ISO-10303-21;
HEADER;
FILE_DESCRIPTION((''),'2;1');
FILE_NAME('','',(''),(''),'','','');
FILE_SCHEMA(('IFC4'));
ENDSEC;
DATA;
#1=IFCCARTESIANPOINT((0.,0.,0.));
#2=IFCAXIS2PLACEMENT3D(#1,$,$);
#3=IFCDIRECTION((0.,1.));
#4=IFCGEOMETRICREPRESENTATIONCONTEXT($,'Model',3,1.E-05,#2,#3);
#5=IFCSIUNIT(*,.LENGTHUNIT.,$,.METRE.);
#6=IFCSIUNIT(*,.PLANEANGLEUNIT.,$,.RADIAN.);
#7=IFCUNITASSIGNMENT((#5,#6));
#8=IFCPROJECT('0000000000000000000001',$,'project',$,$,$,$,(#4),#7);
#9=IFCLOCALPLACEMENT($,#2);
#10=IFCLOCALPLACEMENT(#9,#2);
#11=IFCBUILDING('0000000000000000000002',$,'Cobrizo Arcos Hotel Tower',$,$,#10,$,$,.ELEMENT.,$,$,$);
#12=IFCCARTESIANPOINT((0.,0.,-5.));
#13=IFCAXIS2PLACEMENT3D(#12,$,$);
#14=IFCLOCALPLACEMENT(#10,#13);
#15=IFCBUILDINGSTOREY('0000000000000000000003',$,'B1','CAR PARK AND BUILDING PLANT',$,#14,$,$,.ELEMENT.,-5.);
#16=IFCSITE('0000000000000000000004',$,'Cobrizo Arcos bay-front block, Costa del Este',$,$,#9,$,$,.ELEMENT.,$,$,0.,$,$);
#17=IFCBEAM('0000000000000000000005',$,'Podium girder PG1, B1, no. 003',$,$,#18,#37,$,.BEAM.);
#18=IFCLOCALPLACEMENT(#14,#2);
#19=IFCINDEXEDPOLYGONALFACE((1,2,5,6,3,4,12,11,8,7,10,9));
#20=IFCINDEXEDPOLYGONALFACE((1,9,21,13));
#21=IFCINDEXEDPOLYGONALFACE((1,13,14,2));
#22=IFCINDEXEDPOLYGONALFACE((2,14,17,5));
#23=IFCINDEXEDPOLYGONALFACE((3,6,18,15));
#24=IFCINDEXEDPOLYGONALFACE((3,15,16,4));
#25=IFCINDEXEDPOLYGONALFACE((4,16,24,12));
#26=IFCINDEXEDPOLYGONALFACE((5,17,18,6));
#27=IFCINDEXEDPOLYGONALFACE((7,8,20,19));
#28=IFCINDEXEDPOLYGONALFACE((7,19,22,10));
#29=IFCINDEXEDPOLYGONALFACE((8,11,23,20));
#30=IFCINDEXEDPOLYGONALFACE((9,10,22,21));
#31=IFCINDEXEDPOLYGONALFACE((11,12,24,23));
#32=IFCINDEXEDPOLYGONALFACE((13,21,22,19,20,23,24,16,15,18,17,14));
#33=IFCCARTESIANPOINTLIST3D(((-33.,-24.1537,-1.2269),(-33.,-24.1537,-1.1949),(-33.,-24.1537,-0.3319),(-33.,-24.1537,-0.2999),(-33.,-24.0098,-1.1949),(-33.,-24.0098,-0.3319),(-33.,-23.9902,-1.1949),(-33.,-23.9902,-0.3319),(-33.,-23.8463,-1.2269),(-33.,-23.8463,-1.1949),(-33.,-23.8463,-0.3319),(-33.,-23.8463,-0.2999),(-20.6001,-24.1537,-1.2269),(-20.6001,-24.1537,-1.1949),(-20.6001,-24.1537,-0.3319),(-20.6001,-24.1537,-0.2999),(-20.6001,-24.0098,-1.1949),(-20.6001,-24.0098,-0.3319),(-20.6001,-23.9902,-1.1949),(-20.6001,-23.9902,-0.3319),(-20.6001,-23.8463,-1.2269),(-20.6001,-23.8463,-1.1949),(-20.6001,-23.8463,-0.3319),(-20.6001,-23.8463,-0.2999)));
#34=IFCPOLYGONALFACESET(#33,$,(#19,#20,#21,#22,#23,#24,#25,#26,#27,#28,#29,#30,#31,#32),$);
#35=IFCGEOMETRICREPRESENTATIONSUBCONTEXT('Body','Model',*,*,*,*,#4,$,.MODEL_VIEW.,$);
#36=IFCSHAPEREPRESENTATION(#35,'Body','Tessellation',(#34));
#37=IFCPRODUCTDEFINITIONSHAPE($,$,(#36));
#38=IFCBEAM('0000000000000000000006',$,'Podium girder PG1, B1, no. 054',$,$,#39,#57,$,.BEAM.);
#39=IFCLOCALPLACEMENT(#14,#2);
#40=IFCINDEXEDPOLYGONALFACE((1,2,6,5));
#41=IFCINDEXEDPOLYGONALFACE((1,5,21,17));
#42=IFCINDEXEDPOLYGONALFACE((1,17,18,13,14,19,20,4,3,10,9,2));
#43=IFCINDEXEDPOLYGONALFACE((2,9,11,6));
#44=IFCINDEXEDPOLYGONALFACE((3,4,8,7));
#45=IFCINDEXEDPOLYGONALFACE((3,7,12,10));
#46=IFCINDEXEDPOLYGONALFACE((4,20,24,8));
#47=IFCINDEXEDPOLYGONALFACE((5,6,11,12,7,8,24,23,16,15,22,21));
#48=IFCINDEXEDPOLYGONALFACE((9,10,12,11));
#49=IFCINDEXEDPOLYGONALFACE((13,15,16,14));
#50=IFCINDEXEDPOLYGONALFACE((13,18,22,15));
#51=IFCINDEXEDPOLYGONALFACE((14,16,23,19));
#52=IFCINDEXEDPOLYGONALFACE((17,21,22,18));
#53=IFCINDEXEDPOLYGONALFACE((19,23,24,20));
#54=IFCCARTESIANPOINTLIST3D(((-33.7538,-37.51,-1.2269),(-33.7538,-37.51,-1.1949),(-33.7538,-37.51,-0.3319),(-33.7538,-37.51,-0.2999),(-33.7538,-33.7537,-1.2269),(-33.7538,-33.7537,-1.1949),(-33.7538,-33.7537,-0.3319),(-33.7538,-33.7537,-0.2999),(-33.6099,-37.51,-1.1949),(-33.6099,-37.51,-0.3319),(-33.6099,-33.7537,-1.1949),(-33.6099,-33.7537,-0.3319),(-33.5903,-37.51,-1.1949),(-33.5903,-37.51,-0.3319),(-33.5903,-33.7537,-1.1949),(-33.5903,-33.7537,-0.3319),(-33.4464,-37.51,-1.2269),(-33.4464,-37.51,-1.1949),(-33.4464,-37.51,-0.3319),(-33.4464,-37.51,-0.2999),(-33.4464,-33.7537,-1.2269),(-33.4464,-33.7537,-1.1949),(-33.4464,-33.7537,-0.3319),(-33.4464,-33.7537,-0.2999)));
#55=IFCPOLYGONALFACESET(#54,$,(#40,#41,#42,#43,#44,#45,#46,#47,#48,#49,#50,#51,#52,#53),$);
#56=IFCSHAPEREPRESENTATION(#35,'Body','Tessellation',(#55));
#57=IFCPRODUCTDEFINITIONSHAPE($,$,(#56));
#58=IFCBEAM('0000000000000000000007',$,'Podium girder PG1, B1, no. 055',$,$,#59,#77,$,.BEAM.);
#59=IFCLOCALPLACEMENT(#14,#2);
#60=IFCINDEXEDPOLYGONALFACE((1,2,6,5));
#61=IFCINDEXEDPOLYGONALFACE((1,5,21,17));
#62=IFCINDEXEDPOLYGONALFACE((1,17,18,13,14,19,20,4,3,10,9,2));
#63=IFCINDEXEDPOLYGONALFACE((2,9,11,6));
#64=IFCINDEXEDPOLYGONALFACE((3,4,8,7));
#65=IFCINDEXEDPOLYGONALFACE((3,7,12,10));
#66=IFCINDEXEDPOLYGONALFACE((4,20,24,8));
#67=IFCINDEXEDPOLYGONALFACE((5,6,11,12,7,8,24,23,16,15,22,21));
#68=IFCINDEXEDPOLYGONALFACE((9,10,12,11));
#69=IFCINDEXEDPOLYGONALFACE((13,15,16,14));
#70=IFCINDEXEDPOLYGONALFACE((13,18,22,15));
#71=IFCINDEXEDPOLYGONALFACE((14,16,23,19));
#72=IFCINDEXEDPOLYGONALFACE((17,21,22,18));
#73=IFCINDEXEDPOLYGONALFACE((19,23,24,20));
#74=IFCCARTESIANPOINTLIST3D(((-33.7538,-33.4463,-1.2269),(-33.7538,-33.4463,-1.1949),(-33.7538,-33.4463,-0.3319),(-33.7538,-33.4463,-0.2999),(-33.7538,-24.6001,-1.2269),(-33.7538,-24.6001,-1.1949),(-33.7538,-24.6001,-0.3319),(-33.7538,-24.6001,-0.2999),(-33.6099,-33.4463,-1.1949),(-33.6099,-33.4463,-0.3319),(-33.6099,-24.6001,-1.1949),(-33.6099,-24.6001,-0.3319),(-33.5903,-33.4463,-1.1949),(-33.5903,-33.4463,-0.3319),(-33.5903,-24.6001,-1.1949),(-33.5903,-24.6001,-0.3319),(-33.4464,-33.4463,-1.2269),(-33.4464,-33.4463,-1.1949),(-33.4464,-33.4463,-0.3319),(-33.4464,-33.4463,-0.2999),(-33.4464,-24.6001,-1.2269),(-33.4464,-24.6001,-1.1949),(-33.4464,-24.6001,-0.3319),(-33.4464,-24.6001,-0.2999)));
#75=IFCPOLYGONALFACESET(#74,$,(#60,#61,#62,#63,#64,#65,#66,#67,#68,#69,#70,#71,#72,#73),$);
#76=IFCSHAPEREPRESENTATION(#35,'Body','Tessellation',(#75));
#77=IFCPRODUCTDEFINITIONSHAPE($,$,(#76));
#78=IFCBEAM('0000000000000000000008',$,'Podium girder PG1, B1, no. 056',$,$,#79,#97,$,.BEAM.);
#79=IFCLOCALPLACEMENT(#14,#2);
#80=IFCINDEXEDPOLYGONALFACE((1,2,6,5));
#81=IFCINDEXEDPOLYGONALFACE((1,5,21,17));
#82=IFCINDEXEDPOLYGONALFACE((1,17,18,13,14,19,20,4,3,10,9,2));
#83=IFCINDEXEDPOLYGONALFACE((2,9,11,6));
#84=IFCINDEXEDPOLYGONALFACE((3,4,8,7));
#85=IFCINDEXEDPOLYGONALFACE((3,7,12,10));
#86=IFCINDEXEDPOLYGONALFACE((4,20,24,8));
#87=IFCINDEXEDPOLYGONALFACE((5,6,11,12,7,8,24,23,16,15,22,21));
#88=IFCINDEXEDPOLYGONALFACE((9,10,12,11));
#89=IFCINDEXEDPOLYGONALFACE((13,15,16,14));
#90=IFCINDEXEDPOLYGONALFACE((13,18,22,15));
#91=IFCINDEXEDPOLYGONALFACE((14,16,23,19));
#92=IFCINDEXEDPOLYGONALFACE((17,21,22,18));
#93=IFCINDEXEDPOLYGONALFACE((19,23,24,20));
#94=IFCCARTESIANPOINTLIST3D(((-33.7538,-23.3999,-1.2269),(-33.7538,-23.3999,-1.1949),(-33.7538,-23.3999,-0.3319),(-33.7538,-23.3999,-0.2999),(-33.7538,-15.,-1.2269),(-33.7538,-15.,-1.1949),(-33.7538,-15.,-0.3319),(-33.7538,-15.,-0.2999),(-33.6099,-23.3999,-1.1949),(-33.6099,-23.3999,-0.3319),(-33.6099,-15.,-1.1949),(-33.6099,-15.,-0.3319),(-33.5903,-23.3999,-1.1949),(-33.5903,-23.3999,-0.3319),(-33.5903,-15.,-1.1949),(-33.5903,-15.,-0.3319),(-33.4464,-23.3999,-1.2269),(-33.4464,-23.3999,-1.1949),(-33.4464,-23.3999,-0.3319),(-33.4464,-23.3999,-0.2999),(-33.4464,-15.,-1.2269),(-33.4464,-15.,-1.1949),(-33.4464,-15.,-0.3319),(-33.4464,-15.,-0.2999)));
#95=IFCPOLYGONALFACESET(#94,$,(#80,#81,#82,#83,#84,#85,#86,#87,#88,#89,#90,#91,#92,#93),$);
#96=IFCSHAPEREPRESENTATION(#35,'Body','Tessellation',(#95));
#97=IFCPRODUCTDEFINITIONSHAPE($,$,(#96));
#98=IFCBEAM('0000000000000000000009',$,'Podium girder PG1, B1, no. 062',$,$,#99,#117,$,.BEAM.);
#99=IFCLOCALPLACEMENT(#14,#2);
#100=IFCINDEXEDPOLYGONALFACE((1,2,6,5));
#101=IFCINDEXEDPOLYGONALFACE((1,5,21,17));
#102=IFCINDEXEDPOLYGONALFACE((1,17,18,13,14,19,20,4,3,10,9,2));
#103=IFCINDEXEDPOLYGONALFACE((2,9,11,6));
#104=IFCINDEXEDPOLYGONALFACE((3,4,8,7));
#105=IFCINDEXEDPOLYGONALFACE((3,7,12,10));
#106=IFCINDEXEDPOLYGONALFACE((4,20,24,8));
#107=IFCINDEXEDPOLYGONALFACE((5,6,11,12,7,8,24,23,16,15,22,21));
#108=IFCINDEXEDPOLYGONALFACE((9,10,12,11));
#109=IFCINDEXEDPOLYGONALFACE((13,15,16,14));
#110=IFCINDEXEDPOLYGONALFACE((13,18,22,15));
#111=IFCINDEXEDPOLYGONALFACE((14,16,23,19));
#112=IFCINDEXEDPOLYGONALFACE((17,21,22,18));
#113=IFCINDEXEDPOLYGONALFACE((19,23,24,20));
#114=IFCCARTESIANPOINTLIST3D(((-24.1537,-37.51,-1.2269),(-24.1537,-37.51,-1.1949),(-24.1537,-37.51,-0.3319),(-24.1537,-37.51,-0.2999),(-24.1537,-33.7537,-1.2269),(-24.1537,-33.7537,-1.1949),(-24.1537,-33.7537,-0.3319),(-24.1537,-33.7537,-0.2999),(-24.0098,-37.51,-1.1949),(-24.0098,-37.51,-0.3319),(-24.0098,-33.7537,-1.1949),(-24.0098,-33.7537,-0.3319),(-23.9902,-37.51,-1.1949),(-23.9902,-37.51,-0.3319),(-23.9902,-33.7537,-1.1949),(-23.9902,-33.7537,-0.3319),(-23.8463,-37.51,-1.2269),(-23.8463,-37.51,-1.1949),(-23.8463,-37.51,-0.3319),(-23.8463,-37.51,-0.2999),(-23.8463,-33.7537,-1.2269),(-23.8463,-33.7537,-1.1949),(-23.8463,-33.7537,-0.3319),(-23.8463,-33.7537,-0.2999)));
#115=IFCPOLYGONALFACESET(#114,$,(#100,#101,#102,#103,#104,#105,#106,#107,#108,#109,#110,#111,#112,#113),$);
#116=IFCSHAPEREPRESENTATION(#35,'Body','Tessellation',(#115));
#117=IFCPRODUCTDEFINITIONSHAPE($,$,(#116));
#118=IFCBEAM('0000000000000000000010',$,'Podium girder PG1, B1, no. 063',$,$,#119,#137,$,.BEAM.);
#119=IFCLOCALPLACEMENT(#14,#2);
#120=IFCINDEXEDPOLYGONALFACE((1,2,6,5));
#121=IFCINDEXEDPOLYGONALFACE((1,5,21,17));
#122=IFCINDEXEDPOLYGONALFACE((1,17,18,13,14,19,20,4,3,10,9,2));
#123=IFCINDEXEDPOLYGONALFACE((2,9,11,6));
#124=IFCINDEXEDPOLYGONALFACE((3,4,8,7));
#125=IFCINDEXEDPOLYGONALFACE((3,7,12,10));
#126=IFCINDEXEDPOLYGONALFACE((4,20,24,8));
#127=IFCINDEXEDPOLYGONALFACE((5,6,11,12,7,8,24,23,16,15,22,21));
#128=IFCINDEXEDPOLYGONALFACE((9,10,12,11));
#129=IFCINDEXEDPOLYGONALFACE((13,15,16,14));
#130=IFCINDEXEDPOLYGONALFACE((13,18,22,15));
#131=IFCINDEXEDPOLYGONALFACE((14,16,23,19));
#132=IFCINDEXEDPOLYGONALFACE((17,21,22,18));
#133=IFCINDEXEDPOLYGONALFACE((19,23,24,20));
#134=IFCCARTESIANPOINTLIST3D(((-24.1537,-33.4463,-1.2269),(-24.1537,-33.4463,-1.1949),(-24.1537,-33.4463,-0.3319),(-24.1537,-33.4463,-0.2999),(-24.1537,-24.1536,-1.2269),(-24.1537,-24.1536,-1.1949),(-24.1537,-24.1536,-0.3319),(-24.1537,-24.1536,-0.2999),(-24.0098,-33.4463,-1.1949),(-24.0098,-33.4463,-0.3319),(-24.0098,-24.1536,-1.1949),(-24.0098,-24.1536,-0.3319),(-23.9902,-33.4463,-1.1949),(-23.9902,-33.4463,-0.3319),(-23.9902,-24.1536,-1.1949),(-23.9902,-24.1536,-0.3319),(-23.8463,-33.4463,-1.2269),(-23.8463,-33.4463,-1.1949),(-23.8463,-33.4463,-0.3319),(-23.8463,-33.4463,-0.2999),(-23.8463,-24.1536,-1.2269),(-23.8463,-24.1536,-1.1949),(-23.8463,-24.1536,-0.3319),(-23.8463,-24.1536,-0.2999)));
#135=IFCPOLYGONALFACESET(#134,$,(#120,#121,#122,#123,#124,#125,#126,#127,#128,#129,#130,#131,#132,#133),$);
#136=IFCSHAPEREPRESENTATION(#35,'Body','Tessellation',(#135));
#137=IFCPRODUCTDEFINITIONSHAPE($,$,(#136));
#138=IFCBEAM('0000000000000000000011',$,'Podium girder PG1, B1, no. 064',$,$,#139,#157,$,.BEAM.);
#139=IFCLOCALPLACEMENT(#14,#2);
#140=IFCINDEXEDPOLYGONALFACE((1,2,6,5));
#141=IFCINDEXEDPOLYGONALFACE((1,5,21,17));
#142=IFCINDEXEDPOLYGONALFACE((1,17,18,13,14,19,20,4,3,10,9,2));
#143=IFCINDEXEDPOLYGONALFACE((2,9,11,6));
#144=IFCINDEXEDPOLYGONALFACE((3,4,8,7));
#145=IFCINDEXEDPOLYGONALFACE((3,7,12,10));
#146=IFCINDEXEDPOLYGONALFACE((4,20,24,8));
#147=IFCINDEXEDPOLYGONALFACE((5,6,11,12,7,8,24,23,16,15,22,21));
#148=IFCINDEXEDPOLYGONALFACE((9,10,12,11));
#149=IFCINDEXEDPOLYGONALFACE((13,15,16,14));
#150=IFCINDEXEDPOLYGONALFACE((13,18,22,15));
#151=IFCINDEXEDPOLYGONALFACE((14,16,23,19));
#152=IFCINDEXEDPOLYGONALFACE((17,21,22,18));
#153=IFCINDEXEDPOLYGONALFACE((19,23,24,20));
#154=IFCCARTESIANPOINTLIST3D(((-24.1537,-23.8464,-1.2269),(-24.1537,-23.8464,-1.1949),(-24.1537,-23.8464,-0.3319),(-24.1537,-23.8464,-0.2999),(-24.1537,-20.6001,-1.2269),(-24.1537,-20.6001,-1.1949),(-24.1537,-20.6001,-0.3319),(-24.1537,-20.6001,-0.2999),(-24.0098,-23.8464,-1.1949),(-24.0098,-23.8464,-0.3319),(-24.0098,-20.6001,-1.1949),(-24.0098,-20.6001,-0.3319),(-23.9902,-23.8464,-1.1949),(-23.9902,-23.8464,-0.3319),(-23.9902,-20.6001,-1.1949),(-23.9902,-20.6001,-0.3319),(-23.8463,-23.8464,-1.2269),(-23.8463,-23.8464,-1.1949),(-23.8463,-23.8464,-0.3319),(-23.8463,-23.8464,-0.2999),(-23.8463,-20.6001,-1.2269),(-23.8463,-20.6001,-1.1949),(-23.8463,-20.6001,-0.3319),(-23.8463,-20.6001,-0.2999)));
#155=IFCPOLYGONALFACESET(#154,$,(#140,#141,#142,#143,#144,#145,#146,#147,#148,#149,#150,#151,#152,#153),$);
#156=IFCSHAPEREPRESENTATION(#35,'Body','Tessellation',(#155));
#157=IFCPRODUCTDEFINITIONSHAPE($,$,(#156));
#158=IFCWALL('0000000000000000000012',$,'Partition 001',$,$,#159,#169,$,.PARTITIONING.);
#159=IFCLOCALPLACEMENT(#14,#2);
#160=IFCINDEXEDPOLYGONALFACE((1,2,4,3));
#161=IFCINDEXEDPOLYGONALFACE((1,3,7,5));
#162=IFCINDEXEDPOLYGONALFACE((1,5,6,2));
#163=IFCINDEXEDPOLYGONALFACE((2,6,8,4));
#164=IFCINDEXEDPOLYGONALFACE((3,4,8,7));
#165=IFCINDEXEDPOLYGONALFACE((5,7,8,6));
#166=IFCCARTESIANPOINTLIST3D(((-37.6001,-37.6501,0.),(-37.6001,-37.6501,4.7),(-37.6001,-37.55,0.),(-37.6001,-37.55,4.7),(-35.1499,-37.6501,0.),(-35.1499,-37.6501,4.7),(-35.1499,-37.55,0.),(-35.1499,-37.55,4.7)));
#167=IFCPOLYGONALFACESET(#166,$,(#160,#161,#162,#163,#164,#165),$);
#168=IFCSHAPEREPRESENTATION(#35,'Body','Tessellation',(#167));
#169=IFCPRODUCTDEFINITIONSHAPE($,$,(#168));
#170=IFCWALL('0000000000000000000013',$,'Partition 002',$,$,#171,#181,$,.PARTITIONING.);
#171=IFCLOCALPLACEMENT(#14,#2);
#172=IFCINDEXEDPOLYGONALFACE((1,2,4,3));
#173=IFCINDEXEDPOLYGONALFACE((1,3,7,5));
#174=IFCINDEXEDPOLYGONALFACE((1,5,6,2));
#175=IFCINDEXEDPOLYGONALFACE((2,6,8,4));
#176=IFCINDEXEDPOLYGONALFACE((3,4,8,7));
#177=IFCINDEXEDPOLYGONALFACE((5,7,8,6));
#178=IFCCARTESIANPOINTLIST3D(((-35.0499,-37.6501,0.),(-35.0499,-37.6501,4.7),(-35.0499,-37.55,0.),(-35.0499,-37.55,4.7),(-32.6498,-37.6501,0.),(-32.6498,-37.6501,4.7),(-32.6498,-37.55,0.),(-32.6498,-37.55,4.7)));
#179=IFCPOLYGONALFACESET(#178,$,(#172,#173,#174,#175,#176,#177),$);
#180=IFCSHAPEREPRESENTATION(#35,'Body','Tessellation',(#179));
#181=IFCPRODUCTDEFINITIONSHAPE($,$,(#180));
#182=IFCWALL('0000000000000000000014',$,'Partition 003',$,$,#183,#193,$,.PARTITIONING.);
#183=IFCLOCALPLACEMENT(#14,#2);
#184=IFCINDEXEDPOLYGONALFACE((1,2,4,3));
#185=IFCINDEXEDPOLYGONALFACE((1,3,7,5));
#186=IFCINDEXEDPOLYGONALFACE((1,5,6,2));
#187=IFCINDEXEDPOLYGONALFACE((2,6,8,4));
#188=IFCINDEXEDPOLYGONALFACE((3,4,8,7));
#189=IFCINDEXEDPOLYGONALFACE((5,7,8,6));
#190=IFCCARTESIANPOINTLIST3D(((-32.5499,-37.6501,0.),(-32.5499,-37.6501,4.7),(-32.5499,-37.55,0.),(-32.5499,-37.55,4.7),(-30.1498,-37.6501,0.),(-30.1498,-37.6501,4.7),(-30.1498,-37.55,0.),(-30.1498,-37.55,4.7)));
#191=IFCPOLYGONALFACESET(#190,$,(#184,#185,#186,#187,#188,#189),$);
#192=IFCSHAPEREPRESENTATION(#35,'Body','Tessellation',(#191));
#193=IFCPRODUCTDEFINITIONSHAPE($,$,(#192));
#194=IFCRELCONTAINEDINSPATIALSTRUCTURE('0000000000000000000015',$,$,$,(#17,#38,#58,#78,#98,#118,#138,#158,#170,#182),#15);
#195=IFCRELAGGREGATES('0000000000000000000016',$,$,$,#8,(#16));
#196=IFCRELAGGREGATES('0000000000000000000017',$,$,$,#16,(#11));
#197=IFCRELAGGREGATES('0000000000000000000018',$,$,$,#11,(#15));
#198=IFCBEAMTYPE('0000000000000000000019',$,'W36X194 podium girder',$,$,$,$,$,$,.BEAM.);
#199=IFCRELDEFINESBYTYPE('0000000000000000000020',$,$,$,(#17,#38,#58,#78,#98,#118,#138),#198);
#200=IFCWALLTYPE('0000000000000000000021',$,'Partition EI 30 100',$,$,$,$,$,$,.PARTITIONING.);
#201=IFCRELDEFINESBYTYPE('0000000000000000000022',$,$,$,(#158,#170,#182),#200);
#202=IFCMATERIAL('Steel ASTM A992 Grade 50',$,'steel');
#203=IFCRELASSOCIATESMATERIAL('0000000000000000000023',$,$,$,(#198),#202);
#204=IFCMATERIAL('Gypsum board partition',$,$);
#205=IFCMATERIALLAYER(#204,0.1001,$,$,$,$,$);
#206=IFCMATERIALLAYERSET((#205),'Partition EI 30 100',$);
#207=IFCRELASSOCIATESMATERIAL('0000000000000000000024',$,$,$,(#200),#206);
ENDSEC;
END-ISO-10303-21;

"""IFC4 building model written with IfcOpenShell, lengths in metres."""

from ifc_helpers import new_model, si_unit, direction, frame, frame_2d, origin, origin_2d, place, context, subcontext, project, spatial, rectangle, i_section, extrude, material, layer, layer_set, material_profile, profile_set, type_object, element, save


model = new_model("IFC4")

# Units and contexts
model_context = context("Model", 3, precision=1e-05, world=origin(), true_north=direction((0.0, 1.0)))
body_context = subcontext(model_context, "Body", "Model", "MODEL_VIEW")
ifc_project = project(units=[si_unit("LENGTHUNIT", "METRE"), si_unit("PLANEANGLEUNIT", "RADIAN")], contexts=[model_context])

# Site, building, storey
site_placement = place(None, origin())
site = spatial("IfcSite", under=ifc_project, at=site_placement, Name="Cobrizo Arcos bay-front block, Costa del Este", CompositionType="ELEMENT", RefElevation=0.0)
building_placement = place(site_placement, origin())
building = spatial("IfcBuilding", under=site, at=building_placement, Name="Cobrizo Arcos Hotel Tower", CompositionType="ELEMENT")
storey_placement = place(building_placement, frame((0.0, 0.0, -5.0)))
storey = spatial("IfcBuildingStorey", under=building, at=storey_placement, Name="B1", Description="CAR PARK AND BUILDING PLANT", CompositionType="ELEMENT", Elevation=-5.0)

# Beams
ifc_material_1 = material(Name="Steel ASTM A992 Grade 50", Category="steel")
ifc_material_profile_1 = material_profile(ifc_material_1, i_section(OverallWidth=0.3074, OverallDepth=0.927, WebThickness=0.0195, FlangeThickness=0.032, at=origin_2d()), Name="W36X194")
ifc_profile_set_1 = profile_set([ifc_material_profile_1], Name="Steel ASTM A992 Grade 50")
beam_type_1 = type_object("IfcBeamType", Name="W36X194 podium girder", PredefinedType="BEAM", material=ifc_profile_set_1)
beam_1_placement = place(storey_placement, frame((-33.0, -24.0, -0.7634), z_axis=(1.0, 0.0, 0.0), x_axis=(0.0, 1.0, 0.0)))
element("IfcBeam", 1, at=beam_1_placement, inside=storey, type_object=beam_type_1, Name="Podium girder PG1, B1, no. 003", PredefinedType="BEAM", context=body_context, shape_type="SweptSolid", body=[
    extrude(i_section(OverallWidth=0.3074, OverallDepth=0.927, WebThickness=0.0195, FlangeThickness=0.032, at=origin_2d()), origin(), (0.0, 0.0, 1.0), 12.3999),
])
beam_2_placement = place(storey_placement, frame((-33.6001, -37.51, -0.7634), z_axis=(0.0, 1.0, 0.0), x_axis=(-1.0, 0.0, 0.0)))
element("IfcBeam", 2, at=beam_2_placement, inside=storey, type_object=beam_type_1, Name="Podium girder PG1, B1, no. 054", PredefinedType="BEAM", context=body_context, shape_type="SweptSolid", body=[
    extrude(i_section(OverallWidth=0.3074, OverallDepth=0.927, WebThickness=0.0195, FlangeThickness=0.032, at=origin_2d()), origin(), (0.0, 0.0, 1.0), 3.7563),
])
beam_3_placement = place(storey_placement, frame((-33.6001, -33.4463, -0.7634), z_axis=(0.0, 1.0, 0.0), x_axis=(-1.0, 0.0, 0.0)))
element("IfcBeam", 3, at=beam_3_placement, inside=storey, type_object=beam_type_1, Name="Podium girder PG1, B1, no. 055", PredefinedType="BEAM", context=body_context, shape_type="SweptSolid", body=[
    extrude(i_section(OverallWidth=0.3074, OverallDepth=0.927, WebThickness=0.0195, FlangeThickness=0.032, at=origin_2d()), origin(), (0.0, 0.0, 1.0), 8.8462),
])
beam_4_placement = place(storey_placement, frame((-33.6001, -23.3999, -0.7634), z_axis=(0.0, 1.0, 0.0), x_axis=(-1.0, 0.0, 0.0)))
element("IfcBeam", 4, at=beam_4_placement, inside=storey, type_object=beam_type_1, Name="Podium girder PG1, B1, no. 056", PredefinedType="BEAM", context=body_context, shape_type="SweptSolid", body=[
    extrude(i_section(OverallWidth=0.3074, OverallDepth=0.927, WebThickness=0.0195, FlangeThickness=0.032, at=origin_2d()), origin(), (0.0, 0.0, 1.0), 8.3999),
])
beam_5_placement = place(storey_placement, frame((-24.0, -37.51, -0.7634), z_axis=(0.0, 1.0, 0.0), x_axis=(-1.0, 0.0, 0.0)))
element("IfcBeam", 5, at=beam_5_placement, inside=storey, type_object=beam_type_1, Name="Podium girder PG1, B1, no. 062", PredefinedType="BEAM", context=body_context, shape_type="SweptSolid", body=[
    extrude(i_section(OverallWidth=0.3074, OverallDepth=0.927, WebThickness=0.0195, FlangeThickness=0.032, at=origin_2d()), origin(), (0.0, 0.0, 1.0), 3.7563),
])
beam_6_placement = place(storey_placement, frame((-24.0, -33.4463, -0.7634), z_axis=(0.0, 1.0, 0.0), x_axis=(-1.0, 0.0, 0.0)))
element("IfcBeam", 6, at=beam_6_placement, inside=storey, type_object=beam_type_1, Name="Podium girder PG1, B1, no. 063", PredefinedType="BEAM", context=body_context, shape_type="SweptSolid", body=[
    extrude(i_section(OverallWidth=0.3074, OverallDepth=0.927, WebThickness=0.0195, FlangeThickness=0.032, at=origin_2d()), origin(), (0.0, 0.0, 1.0), 9.2927),
])
beam_7_placement = place(storey_placement, frame((-24.0, -23.8464, -0.7634), z_axis=(0.0, 1.0, 0.0), x_axis=(-1.0, 0.0, 0.0)))
element("IfcBeam", 7, at=beam_7_placement, inside=storey, type_object=beam_type_1, Name="Podium girder PG1, B1, no. 064", PredefinedType="BEAM", context=body_context, shape_type="SweptSolid", body=[
    extrude(i_section(OverallWidth=0.3074, OverallDepth=0.927, WebThickness=0.0195, FlangeThickness=0.032, at=origin_2d()), origin(), (0.0, 0.0, 1.0), 3.2463),
])

# Walls
ifc_material_2 = material(Name="Gypsum board partition")
ifc_layer_1 = layer(ifc_material_2, 0.1001)
ifc_layer_set_1 = layer_set([ifc_layer_1], Name="Partition EI 30 100")
wall_type_1 = type_object("IfcWallType", Name="Partition EI 30 100", PredefinedType="PARTITIONING", material=ifc_layer_set_1)
wall_1_placement = place(storey_placement, frame((-37.6001, -37.6001, 0.0), z_axis=(0.0, 0.0, 1.0), x_axis=(1.0, 0.0, 0.0)))
element("IfcWall", 8, at=wall_1_placement, inside=storey, type_object=wall_type_1, Name="Partition 001", PredefinedType="PARTITIONING", context=body_context, shape_type="SweptSolid", body=[
    extrude(rectangle(XDim=2.4502, YDim=0.1001, at=frame_2d((1.2251, 0.0))), origin(), (0.0, 0.0, 1.0), 4.7),
])
for number, where, z_axis, x_axis, name in (
    (9, (-35.05, -37.6001, 0.0), (0.0, 0.0, 1.0), (1.0, 0.0, 0.0), "Partition 002"),
    (10, (-32.55, -37.6001, 0.0), (0.0, 0.0, 1.0), (1.0, 0.0, 0.0), "Partition 003"),
):
    element("IfcWall", number, at=place(storey_placement, frame(where, z_axis=z_axis, x_axis=x_axis)), inside=storey, type_object=wall_type_1, Name=name, PredefinedType="PARTITIONING", context=body_context, shape_type="SweptSolid", body=[
        extrude(rectangle(XDim=2.4001, YDim=0.1001, at=frame_2d((1.2002, 0.0))), origin(), (0.0, 0.0, 1.0), 4.7),
    ])

save(model, "model.ifc")
